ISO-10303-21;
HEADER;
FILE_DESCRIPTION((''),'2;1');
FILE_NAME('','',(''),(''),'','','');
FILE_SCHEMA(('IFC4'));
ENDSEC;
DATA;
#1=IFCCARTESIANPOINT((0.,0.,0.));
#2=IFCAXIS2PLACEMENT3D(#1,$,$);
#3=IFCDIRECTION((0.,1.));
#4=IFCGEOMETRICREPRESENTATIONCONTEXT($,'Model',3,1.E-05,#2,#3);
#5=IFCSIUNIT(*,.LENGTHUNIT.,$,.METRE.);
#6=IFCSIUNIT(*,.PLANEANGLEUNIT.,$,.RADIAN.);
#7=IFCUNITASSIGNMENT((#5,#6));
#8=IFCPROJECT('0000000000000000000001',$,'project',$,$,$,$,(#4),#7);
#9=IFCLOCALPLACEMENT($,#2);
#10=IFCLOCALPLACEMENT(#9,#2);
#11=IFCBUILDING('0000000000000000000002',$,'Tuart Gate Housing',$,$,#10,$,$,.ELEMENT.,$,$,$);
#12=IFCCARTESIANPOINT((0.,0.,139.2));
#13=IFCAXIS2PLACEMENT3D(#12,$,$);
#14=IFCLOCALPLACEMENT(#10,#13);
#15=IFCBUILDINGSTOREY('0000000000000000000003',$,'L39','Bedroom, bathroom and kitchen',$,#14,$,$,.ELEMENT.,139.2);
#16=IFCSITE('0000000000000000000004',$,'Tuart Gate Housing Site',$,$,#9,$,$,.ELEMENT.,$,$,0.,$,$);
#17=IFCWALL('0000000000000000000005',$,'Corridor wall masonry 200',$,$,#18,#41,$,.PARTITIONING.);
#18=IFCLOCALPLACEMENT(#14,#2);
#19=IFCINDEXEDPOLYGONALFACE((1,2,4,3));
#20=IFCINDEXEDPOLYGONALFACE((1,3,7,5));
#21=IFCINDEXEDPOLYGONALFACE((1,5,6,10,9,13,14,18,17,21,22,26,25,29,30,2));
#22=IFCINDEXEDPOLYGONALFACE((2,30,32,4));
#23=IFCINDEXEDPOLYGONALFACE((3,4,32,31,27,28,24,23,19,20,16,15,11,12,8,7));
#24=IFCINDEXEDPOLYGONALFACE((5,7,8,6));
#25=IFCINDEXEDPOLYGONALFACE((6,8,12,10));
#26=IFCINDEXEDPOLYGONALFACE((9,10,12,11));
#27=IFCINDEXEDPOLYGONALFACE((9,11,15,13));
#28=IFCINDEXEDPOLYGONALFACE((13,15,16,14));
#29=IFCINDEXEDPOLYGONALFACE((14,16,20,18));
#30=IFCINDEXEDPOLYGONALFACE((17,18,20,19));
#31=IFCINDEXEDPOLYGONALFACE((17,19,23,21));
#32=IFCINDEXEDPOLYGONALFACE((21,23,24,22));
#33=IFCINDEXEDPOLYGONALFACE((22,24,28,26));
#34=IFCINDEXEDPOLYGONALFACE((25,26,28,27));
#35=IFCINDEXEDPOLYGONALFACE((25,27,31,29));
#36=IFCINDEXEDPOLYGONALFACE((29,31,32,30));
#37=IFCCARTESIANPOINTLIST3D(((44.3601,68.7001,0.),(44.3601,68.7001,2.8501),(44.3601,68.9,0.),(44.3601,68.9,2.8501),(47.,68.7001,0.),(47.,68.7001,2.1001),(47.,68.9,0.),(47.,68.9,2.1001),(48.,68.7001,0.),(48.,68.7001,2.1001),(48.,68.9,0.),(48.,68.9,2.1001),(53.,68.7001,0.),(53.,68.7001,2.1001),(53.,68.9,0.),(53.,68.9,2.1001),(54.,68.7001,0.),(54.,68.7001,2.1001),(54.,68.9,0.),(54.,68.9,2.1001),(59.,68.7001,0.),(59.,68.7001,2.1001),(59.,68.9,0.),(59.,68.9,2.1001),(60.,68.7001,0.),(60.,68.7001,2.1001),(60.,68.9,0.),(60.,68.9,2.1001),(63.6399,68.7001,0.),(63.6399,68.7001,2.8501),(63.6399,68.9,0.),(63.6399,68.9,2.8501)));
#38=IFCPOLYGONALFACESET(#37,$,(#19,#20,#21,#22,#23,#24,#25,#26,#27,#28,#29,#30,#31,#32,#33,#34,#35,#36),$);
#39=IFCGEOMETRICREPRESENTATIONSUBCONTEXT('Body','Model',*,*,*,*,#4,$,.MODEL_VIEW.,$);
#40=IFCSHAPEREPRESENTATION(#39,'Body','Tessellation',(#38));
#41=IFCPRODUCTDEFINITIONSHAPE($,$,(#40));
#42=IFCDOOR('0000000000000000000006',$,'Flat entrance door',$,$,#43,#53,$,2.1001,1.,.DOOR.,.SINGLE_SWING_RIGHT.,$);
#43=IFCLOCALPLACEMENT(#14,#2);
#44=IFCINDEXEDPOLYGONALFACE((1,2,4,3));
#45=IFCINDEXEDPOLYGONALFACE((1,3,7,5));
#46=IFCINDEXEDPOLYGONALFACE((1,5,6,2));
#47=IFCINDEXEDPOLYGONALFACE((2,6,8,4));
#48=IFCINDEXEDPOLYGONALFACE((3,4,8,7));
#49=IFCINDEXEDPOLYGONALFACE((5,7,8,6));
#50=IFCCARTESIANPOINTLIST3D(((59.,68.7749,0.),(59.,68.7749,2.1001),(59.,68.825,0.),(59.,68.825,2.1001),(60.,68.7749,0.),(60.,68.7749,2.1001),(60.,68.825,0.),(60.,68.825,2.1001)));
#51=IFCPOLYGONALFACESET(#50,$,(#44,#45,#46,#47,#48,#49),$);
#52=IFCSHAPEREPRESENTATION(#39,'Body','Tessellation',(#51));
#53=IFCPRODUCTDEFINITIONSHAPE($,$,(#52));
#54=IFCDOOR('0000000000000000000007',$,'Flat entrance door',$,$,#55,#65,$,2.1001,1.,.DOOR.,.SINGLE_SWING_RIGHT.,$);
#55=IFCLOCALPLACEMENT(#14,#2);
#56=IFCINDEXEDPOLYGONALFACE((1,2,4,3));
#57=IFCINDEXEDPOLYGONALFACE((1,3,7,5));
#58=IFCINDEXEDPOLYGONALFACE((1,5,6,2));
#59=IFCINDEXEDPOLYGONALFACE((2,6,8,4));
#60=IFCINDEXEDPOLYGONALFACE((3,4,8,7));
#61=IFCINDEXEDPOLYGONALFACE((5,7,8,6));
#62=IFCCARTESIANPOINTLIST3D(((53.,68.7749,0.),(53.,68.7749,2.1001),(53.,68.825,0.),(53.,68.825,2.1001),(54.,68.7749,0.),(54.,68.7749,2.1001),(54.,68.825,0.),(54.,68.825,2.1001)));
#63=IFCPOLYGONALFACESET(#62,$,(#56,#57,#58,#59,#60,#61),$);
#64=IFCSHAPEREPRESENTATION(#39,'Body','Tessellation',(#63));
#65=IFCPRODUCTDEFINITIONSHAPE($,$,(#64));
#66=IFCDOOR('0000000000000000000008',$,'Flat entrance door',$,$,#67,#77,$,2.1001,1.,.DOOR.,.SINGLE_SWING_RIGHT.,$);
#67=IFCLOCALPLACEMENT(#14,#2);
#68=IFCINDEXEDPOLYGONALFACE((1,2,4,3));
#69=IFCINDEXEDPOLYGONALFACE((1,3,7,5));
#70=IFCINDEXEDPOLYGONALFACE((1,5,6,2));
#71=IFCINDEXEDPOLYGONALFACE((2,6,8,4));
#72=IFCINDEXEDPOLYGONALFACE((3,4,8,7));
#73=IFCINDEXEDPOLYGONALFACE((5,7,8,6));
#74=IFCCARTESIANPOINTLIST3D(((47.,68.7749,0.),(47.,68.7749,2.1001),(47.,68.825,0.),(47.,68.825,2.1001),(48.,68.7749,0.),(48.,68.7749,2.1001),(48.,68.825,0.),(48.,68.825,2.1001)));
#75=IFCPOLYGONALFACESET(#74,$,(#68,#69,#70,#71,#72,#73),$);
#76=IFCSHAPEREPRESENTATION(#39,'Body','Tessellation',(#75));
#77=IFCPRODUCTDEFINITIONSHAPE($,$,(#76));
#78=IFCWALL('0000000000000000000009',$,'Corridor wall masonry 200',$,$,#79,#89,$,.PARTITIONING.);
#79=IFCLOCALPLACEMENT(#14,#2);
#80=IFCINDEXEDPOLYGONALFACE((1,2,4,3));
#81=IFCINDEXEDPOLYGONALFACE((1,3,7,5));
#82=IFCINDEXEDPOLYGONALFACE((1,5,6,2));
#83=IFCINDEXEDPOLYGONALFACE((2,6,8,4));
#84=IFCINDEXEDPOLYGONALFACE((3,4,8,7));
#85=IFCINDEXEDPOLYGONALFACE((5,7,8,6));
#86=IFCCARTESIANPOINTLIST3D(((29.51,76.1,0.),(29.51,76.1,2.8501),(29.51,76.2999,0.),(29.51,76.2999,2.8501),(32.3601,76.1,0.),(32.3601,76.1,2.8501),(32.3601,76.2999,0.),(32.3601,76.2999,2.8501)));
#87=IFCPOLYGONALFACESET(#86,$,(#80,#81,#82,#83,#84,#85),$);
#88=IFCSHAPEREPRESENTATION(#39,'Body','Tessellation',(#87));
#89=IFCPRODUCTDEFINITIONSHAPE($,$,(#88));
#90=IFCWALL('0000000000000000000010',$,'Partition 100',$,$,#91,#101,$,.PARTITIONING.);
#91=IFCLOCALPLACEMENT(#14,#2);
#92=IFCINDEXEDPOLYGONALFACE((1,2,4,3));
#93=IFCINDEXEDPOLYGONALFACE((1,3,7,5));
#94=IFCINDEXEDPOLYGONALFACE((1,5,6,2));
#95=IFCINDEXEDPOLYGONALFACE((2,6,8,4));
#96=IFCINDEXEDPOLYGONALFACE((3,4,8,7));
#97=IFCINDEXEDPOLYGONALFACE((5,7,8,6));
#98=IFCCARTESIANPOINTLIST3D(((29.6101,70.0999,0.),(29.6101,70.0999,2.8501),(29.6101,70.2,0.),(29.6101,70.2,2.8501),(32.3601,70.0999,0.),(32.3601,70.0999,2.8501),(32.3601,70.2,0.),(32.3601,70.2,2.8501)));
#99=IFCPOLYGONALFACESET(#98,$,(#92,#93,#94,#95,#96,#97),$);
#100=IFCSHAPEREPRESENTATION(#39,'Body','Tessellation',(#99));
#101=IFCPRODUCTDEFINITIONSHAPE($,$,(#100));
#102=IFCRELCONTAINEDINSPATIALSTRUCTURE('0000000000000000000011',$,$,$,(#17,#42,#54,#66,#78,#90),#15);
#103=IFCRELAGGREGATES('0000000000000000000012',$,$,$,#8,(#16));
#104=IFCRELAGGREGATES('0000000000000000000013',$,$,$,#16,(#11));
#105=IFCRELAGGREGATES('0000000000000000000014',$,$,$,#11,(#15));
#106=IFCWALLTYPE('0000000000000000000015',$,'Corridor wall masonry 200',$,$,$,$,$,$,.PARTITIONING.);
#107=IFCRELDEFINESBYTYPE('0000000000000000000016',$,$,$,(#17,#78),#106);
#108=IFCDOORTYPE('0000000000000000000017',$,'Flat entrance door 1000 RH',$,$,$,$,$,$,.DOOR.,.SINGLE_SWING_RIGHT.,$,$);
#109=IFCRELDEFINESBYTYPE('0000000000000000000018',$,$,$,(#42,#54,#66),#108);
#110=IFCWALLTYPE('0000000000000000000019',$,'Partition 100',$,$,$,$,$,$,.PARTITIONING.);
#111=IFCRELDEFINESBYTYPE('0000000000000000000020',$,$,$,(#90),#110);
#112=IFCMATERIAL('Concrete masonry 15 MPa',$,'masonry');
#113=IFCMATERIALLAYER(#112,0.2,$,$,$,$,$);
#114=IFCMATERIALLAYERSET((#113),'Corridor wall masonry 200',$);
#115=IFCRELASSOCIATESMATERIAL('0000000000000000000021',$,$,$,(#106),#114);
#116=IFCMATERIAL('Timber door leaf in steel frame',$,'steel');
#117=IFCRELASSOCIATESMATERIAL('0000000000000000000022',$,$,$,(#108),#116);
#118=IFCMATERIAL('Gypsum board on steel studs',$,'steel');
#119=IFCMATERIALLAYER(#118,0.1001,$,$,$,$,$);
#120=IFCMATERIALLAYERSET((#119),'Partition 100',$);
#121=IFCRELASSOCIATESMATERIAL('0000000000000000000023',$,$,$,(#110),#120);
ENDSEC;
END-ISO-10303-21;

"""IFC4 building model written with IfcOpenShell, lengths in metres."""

from ifc_helpers import new_model, si_unit, direction, frame, frame_2d, origin, place, context, subcontext, project, spatial, rectangle, extrude, material, layer, layer_set, type_object, element, fill, save


model = new_model("IFC4")

# Units and contexts
model_context = context("Model", 3, precision=1e-05, world=origin(), true_north=direction((0.0, 1.0)))
body_context = subcontext(model_context, "Body", "Model", "MODEL_VIEW")
ifc_project = project(units=[si_unit("LENGTHUNIT", "METRE"), si_unit("PLANEANGLEUNIT", "RADIAN")], contexts=[model_context])

# Site, building, storey
site_placement = place(None, origin())
site = spatial("IfcSite", under=ifc_project, at=site_placement, Name="Tuart Gate Housing Site", CompositionType="ELEMENT", RefElevation=0.0)
building_placement = place(site_placement, origin())
building = spatial("IfcBuilding", under=site, at=building_placement, Name="Tuart Gate Housing", CompositionType="ELEMENT")
storey_placement = place(building_placement, frame((0.0, 0.0, 139.2)))
storey = spatial("IfcBuildingStorey", under=building, at=storey_placement, Name="L39", Description="Bedroom, bathroom and kitchen", CompositionType="ELEMENT", Elevation=139.2)

# Wall, openings, doors
ifc_material_1 = material(Name="Concrete masonry 15 MPa", Category="masonry")
ifc_layer_1 = layer(ifc_material_1, 0.2)
ifc_layer_set_1 = layer_set([ifc_layer_1], Name="Corridor wall masonry 200")
wall_type_1 = type_object("IfcWallType", Name="Corridor wall masonry 200", PredefinedType="PARTITIONING", material=ifc_layer_set_1)
wall_1_placement = place(storey_placement, frame((44.3601, 68.8, 0.0), z_axis=(0.0, 0.0, 1.0), x_axis=(1.0, 0.0, 0.0)))
wall_1 = element("IfcWall", 1, at=wall_1_placement, inside=storey, type_object=wall_type_1, Name="Corridor wall masonry 200", PredefinedType="PARTITIONING", context=body_context, shape_type="SweptSolid", body=[
    extrude(rectangle(XDim=19.2798, YDim=0.2, at=frame_2d((9.6399, 0.0))), origin(), (0.0, 0.0, 1.0), 2.8501),
])
opening_1_placement = place(wall_1_placement, frame((14.6399, 0.0, 0.0)))
opening_1 = element("IfcOpeningElement", 2, at=opening_1_placement, cuts=wall_1, PredefinedType="OPENING", context=body_context, shape_type="SweptSolid", body=[
    extrude(rectangle(XDim=1.0, YDim=2.1001, at=frame_2d((0.5, 1.05))), frame((0.0, 0.1099, 0.0), z_axis=(0.0, -1.0, 0.0), x_axis=(1.0, 0.0, 0.0)), (0.0, 0.0, 1.0), 0.22),
])
opening_2_placement = place(wall_1_placement, frame((8.6399, 0.0, 0.0)))
opening_2 = element("IfcOpeningElement", 3, at=opening_2_placement, cuts=wall_1, PredefinedType="OPENING", context=body_context, shape_type="SweptSolid", body=[
    extrude(rectangle(XDim=1.0, YDim=2.1001, at=frame_2d((0.5, 1.05))), frame((0.0, 0.1099, 0.0), z_axis=(0.0, -1.0, 0.0), x_axis=(1.0, 0.0, 0.0)), (0.0, 0.0, 1.0), 0.22),
])
opening_3_placement = place(wall_1_placement, frame((2.6399, 0.0, 0.0)))
opening_3 = element("IfcOpeningElement", 4, at=opening_3_placement, cuts=wall_1, PredefinedType="OPENING", context=body_context, shape_type="SweptSolid", body=[
    extrude(rectangle(XDim=1.0, YDim=2.1001, at=frame_2d((0.5, 1.05))), frame((0.0, 0.1099, 0.0), z_axis=(0.0, -1.0, 0.0), x_axis=(1.0, 0.0, 0.0)), (0.0, 0.0, 1.0), 0.22),
])
ifc_material_2 = material(Name="Timber door leaf in steel frame", Category="steel")
door_type_1 = type_object("IfcDoorType", Name="Flat entrance door 1000 RH", OperationType="SINGLE_SWING_RIGHT", PredefinedType="DOOR", material=ifc_material_2)
door_1_placement = place(opening_1_placement, frame((1.0, 0.0, 0.0), z_axis=(0.0, 0.0, 1.0), x_axis=(-1.0, 0.0, 0.0)))
door_1 = element("IfcDoor", 5, at=door_1_placement, inside=storey, type_object=door_type_1, Name="Flat entrance door", OperationType="SINGLE_SWING_RIGHT", OverallHeight=2.1001, OverallWidth=1.0, PredefinedType="DOOR", context=body_context, shape_type="SweptSolid", body=[
    extrude(rectangle(XDim=1.0, YDim=2.1001, at=frame_2d((0.5, 1.05))), frame((0.0, 0.0251, 0.0), z_axis=(0.0, -1.0, 0.0), x_axis=(1.0, 0.0, 0.0)), (0.0, 0.0, 1.0), 0.05),
])
fill(opening_1, door_1)
door_2_placement = place(opening_2_placement, frame((1.0, 0.0, 0.0), z_axis=(0.0, 0.0, 1.0), x_axis=(-1.0, 0.0, 0.0)))
door_2 = element("IfcDoor", 6, at=door_2_placement, inside=storey, type_object=door_type_1, Name="Flat entrance door", OperationType="SINGLE_SWING_RIGHT", OverallHeight=2.1001, OverallWidth=1.0, PredefinedType="DOOR", context=body_context, shape_type="SweptSolid", body=[
    extrude(rectangle(XDim=1.0, YDim=2.1001, at=frame_2d((0.5, 1.05))), frame((0.0, 0.0251, 0.0), z_axis=(0.0, -1.0, 0.0), x_axis=(1.0, 0.0, 0.0)), (0.0, 0.0, 1.0), 0.05),
])
fill(opening_2, door_2)
door_3_placement = place(opening_3_placement, frame((1.0, 0.0, 0.0), z_axis=(0.0, 0.0, 1.0), x_axis=(-1.0, 0.0, 0.0)))
door_3 = element("IfcDoor", 7, at=door_3_placement, inside=storey, type_object=door_type_1, Name="Flat entrance door", OperationType="SINGLE_SWING_RIGHT", OverallHeight=2.1001, OverallWidth=1.0, PredefinedType="DOOR", context=body_context, shape_type="SweptSolid", body=[
    extrude(rectangle(XDim=1.0, YDim=2.1001, at=frame_2d((0.5, 1.05))), frame((0.0, 0.0251, 0.0), z_axis=(0.0, -1.0, 0.0), x_axis=(1.0, 0.0, 0.0)), (0.0, 0.0, 1.0), 0.05),
])
fill(opening_3, door_3)

# Walls
wall_2_placement = place(storey_placement, frame((29.51, 76.2, 0.0), z_axis=(0.0, 0.0, 1.0), x_axis=(1.0, 0.0, 0.0)))
element("IfcWall", 8, at=wall_2_placement, inside=storey, type_object=wall_type_1, Name="Corridor wall masonry 200", PredefinedType="PARTITIONING", context=body_context, shape_type="SweptSolid", body=[
    extrude(rectangle(XDim=2.8501, YDim=0.2, at=frame_2d((1.425, 0.0))), origin(), (0.0, 0.0, 1.0), 2.8501),
])
ifc_material_3 = material(Name="Gypsum board on steel studs", Category="steel")
ifc_layer_2 = layer(ifc_material_3, 0.1001)
ifc_layer_set_2 = layer_set([ifc_layer_2], Name="Partition 100")
wall_type_2 = type_object("IfcWallType", Name="Partition 100", PredefinedType="PARTITIONING", material=ifc_layer_set_2)
wall_3_placement = place(storey_placement, frame((29.6101, 70.1499, 0.0), z_axis=(0.0, 0.0, 1.0), x_axis=(1.0, 0.0, 0.0)))
element("IfcWall", 9, at=wall_3_placement, inside=storey, type_object=wall_type_2, Name="Partition 100", PredefinedType="PARTITIONING", context=body_context, shape_type="SweptSolid", body=[
    extrude(rectangle(XDim=2.75, YDim=0.1001, at=frame_2d((1.375, 0.0))), origin(), (0.0, 0.0, 1.0), 2.8501),
])

save(model, "model.ifc")
